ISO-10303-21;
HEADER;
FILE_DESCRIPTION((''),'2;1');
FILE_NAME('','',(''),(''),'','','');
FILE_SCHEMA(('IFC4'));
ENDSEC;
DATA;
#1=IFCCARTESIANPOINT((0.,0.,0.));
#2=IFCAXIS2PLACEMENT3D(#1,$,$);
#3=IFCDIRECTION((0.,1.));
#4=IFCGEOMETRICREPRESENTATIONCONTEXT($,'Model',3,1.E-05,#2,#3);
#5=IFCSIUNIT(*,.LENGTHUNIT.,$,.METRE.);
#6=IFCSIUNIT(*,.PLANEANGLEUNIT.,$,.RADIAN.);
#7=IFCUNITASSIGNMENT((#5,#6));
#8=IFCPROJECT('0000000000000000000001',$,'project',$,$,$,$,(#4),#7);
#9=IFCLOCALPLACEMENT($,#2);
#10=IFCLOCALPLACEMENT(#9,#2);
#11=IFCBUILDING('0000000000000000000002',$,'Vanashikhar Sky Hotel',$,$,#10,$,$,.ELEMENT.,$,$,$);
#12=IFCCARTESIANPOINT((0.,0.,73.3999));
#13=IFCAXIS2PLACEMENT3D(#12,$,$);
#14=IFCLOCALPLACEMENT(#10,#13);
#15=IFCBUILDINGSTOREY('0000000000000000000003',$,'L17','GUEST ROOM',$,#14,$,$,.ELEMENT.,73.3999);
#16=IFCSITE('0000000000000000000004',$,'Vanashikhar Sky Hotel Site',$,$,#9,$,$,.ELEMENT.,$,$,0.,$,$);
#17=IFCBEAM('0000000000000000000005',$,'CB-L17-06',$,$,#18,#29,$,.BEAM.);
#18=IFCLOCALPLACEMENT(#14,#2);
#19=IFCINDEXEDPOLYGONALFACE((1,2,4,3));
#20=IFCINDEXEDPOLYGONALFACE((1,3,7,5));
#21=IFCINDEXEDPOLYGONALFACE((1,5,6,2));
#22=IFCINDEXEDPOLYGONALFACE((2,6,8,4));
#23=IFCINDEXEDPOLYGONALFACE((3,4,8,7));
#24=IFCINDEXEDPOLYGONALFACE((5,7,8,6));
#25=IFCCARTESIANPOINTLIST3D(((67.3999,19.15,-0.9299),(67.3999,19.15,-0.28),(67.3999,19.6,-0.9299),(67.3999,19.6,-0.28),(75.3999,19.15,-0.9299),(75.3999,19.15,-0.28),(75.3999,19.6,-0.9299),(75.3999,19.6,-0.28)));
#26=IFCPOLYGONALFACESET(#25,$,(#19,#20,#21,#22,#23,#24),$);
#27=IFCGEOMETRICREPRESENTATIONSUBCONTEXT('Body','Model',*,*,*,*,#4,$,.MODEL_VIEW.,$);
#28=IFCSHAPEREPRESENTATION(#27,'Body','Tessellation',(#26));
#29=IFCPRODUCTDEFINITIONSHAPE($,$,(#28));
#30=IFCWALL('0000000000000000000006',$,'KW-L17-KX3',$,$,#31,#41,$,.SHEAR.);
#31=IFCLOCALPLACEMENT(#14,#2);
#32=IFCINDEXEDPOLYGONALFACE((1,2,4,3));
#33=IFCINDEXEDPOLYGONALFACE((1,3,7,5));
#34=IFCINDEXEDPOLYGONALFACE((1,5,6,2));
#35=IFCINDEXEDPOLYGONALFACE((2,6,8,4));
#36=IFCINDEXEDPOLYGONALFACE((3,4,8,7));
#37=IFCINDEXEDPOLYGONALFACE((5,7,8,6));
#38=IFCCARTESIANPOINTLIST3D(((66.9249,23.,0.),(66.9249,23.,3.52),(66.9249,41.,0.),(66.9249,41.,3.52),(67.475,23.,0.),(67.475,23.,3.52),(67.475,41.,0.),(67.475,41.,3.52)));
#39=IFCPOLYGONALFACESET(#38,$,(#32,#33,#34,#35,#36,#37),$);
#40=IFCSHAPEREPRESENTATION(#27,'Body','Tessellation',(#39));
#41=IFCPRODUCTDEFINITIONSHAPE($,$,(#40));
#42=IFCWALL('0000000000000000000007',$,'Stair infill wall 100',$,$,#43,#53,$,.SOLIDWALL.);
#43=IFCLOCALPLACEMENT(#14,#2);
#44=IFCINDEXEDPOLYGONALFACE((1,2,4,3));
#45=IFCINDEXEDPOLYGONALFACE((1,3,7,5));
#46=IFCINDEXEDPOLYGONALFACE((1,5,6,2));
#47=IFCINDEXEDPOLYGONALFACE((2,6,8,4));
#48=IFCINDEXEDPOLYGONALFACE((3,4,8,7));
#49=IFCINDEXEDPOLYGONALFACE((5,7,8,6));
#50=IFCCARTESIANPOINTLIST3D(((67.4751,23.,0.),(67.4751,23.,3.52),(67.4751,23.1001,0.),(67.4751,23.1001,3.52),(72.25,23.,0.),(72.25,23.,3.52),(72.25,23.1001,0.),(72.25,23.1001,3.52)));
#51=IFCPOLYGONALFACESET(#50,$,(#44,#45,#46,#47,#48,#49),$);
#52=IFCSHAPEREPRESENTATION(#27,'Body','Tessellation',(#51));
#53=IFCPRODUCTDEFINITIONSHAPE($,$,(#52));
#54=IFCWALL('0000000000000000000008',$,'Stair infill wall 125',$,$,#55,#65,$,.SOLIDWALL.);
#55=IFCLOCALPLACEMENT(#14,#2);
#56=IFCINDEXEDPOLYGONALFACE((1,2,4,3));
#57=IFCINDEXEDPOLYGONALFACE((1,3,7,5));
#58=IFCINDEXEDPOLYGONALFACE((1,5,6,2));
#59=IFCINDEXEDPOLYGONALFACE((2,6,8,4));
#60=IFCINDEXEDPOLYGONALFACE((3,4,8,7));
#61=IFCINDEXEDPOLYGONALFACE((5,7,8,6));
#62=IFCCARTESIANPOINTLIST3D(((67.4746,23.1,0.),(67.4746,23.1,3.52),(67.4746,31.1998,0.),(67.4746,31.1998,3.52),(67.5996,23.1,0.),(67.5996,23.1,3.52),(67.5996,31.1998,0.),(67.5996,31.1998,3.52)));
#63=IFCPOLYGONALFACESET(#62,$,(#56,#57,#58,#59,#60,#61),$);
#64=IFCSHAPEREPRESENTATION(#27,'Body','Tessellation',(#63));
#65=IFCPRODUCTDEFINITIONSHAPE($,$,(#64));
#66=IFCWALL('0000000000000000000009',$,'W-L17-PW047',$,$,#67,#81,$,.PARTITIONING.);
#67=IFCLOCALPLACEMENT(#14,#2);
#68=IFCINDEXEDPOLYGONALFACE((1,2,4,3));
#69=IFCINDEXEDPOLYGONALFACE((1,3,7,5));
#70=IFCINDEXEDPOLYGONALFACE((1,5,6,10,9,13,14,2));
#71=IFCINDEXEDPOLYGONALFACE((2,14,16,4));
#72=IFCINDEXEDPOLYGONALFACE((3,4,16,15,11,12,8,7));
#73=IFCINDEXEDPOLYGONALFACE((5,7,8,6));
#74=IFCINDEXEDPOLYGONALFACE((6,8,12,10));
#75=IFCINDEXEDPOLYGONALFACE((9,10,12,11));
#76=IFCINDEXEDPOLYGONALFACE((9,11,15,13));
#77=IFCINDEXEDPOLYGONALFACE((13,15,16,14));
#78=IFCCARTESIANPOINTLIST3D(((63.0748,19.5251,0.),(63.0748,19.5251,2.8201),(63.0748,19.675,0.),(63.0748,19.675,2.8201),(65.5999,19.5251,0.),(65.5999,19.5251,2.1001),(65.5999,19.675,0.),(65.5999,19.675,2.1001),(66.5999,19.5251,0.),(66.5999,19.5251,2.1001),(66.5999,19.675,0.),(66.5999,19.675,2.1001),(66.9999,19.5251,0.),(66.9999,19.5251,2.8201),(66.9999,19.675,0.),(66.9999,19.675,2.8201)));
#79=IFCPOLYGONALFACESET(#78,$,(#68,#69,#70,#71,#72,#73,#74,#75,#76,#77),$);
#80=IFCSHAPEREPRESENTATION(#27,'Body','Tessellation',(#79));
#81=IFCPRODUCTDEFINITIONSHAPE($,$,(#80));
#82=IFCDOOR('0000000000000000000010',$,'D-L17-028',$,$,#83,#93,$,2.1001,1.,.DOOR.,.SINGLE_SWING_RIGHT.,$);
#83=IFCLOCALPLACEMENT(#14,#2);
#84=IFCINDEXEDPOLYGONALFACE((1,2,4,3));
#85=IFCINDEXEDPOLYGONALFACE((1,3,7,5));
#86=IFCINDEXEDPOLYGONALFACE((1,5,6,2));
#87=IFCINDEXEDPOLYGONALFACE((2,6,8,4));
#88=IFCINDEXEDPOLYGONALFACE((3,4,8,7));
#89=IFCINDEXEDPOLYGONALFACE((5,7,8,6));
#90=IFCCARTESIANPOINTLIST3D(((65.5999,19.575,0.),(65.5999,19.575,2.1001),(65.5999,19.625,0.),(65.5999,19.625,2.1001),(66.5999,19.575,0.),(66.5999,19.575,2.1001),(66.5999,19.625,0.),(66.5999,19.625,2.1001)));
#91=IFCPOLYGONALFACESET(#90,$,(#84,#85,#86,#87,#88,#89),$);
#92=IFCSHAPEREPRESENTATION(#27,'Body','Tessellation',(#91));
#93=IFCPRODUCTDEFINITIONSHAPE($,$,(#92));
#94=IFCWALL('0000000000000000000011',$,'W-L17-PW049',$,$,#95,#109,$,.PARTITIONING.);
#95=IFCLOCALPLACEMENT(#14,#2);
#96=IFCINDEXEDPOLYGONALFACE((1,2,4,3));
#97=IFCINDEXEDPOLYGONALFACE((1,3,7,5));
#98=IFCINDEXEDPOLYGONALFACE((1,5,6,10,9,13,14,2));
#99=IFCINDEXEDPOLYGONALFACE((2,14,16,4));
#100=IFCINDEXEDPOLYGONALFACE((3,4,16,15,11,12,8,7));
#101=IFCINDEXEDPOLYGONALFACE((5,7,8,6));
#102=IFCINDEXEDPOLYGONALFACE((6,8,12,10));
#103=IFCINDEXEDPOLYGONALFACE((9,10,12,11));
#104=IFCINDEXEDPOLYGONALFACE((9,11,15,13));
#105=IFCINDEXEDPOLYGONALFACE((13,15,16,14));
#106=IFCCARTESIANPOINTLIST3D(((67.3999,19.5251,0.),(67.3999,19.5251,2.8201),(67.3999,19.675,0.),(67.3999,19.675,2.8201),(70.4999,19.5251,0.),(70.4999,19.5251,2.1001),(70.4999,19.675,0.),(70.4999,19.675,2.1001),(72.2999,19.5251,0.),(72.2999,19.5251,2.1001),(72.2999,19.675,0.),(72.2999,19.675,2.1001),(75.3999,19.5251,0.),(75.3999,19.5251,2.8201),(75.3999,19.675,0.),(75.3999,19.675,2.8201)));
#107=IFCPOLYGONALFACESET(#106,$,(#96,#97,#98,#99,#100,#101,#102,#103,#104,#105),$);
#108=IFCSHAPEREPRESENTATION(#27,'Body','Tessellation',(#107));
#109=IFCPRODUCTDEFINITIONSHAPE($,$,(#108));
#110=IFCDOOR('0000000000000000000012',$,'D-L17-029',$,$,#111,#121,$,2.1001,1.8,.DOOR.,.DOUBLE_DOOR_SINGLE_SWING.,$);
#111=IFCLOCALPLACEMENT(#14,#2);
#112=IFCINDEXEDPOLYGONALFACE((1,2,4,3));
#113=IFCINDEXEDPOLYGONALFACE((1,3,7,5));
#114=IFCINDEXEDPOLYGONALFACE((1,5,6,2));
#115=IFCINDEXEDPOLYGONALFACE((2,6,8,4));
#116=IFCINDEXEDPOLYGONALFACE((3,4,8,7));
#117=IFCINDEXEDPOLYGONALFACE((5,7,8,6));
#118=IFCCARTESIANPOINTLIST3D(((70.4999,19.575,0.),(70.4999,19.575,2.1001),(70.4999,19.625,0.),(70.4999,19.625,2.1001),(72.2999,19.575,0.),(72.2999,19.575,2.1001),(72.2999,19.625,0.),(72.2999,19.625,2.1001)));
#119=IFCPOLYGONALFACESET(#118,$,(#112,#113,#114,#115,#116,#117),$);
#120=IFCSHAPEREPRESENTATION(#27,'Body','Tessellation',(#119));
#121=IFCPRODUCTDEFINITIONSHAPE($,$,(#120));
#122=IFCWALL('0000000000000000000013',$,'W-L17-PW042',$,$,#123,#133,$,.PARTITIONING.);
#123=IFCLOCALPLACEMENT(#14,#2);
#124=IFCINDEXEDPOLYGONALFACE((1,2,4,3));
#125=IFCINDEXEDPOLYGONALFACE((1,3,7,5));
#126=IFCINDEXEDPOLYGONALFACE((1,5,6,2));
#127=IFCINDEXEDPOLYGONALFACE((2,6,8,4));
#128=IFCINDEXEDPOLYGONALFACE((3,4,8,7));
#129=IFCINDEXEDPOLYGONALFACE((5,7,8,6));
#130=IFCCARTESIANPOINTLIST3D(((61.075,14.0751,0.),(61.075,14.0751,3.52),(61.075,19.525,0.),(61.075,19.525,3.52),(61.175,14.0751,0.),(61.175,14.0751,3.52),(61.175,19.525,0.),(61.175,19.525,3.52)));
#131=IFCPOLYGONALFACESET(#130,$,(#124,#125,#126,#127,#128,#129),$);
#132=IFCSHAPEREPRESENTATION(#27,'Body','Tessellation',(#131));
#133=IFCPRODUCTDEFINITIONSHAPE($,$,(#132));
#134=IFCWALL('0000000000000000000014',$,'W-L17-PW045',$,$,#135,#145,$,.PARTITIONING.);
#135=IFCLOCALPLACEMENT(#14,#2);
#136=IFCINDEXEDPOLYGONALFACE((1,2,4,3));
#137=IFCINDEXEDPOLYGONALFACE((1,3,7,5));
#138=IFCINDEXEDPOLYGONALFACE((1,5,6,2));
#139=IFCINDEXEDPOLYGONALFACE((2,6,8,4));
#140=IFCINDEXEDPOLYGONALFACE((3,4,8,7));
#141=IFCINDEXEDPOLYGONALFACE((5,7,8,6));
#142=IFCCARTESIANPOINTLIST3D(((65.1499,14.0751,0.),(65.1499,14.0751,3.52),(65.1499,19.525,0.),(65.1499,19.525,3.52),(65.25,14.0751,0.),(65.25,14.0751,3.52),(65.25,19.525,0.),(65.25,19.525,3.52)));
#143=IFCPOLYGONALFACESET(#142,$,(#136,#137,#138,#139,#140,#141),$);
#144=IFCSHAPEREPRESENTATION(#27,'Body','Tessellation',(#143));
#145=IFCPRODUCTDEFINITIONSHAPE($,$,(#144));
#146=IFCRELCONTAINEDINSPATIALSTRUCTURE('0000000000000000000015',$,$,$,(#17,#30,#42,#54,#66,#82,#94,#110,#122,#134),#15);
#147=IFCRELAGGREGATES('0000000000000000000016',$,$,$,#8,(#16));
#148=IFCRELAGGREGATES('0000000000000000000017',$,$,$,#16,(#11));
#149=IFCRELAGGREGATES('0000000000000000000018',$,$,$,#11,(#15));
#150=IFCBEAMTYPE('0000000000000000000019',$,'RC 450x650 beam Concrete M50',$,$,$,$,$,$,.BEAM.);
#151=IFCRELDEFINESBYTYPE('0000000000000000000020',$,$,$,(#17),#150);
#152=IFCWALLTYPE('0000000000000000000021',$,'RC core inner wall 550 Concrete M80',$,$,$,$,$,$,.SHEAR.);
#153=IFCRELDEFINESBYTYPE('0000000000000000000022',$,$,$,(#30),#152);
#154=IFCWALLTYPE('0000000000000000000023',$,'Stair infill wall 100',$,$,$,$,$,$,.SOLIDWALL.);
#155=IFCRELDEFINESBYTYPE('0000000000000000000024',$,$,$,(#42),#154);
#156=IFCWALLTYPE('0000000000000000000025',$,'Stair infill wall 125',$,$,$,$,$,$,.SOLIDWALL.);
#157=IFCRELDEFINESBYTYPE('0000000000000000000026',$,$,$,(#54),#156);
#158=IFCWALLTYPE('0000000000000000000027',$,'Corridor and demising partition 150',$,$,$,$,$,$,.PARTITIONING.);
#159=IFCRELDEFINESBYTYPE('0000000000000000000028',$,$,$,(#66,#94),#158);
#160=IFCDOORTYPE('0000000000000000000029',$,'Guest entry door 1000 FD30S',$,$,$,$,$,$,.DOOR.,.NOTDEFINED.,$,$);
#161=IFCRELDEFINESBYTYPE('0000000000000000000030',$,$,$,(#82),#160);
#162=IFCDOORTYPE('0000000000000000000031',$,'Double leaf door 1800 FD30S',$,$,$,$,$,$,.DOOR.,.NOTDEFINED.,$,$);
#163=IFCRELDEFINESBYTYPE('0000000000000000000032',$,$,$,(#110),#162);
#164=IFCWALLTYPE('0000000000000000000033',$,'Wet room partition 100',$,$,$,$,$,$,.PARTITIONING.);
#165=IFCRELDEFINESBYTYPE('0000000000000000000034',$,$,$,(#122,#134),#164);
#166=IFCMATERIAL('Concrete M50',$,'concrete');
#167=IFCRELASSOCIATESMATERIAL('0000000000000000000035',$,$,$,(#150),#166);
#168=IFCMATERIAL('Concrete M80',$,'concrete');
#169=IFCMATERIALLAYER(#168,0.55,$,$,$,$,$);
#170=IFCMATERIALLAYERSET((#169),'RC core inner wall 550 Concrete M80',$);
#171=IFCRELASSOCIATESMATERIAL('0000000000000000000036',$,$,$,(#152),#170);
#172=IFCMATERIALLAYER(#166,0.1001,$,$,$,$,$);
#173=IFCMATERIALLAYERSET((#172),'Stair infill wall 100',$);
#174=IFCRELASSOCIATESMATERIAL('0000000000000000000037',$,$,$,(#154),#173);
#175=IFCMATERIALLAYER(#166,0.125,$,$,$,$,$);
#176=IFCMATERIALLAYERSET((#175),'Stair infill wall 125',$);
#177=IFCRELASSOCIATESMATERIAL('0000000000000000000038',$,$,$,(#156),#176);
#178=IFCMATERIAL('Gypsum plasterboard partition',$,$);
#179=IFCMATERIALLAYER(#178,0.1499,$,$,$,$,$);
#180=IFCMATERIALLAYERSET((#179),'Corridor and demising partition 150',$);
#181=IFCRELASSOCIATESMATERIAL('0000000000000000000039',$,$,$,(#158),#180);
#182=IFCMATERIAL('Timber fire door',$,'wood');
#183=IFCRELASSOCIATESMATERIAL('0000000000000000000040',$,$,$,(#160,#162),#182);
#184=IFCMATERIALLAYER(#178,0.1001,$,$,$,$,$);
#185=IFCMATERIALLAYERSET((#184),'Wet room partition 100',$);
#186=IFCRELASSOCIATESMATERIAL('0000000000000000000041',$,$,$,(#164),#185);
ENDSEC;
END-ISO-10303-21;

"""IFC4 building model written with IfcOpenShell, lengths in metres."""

from ifc_helpers import new_model, si_unit, direction, frame, frame_2d, origin, origin_2d, place, context, subcontext, project, spatial, rectangle, extrude, source, transform, mapped, material, layer, layer_set, material_profile, profile_set, type_object, element, fill, save


model = new_model("IFC4")

# Units and contexts
model_context = context("Model", 3, precision=1e-05, world=origin(), true_north=direction((0.0, 1.0)))
body_context = subcontext(model_context, "Body", "Model", "MODEL_VIEW")
ifc_project = project(units=[si_unit("LENGTHUNIT", "METRE"), si_unit("PLANEANGLEUNIT", "RADIAN")], contexts=[model_context])

# Site, building, storey
site_placement = place(None, origin())
site = spatial("IfcSite", under=ifc_project, at=site_placement, Name="Vanashikhar Sky Hotel Site", CompositionType="ELEMENT", RefElevation=0.0)
building_placement = place(site_placement, origin())
building = spatial("IfcBuilding", under=site, at=building_placement, Name="Vanashikhar Sky Hotel", CompositionType="ELEMENT")
storey_placement = place(building_placement, frame((0.0, 0.0, 73.3999)))
storey = spatial("IfcBuildingStorey", under=building, at=storey_placement, Name="L17", Description="GUEST ROOM", CompositionType="ELEMENT", Elevation=73.3999)

# Beam
ifc_material_1 = material(Name="Concrete M50", Category="concrete")
ifc_material_profile = material_profile(ifc_material_1, rectangle(XDim=0.45, YDim=0.6499, at=origin_2d()))
ifc_profile_set = profile_set([ifc_material_profile], Name="RC 450x650 beam Concrete M50")
beam_type = type_object("IfcBeamType", Name="RC 450x650 beam Concrete M50", PredefinedType="BEAM", material=ifc_profile_set)
shared_shape_1 = source(origin(), body_context, "Body", "SweptSolid", [
    extrude(rectangle(XDim=0.45, YDim=0.6499, at=origin_2d()), origin(), (0.0, 0.0, 1.0), 8.0),
])
beam_placement = place(storey_placement, frame((67.3999, 19.375, -0.605), z_axis=(1.0, 0.0, 0.0), x_axis=(0.0, 1.0, 0.0)))
element("IfcBeam", 1, at=beam_placement, inside=storey, type_object=beam_type, Name="CB-L17-06", PredefinedType="BEAM", context=body_context, shape_type="MappedRepresentation", body=[
    mapped(shared_shape_1, transform((0.0, 0.0, 0.0), scale=1.0)),
])

# Walls
ifc_material_2 = material(Name="Concrete M80", Category="concrete")
ifc_layer_1 = layer(ifc_material_2, 0.55)
ifc_layer_set_1 = layer_set([ifc_layer_1], Name="RC core inner wall 550 Concrete M80")
wall_type_1 = type_object("IfcWallType", Name="RC core inner wall 550 Concrete M80", PredefinedType="SHEAR", material=ifc_layer_set_1)
shared_shape_2 = source(origin(), body_context, "Body", "SweptSolid", [
    extrude(rectangle(XDim=18.0, YDim=0.55, at=frame_2d((9.0, 0.0))), origin(), (0.0, 0.0, 1.0), 3.52),
])
wall_1_placement = place(storey_placement, frame((67.2, 23.0, 0.0), z_axis=(0.0, 0.0, 1.0), x_axis=(0.0, 1.0, 0.0)))
element("IfcWall", 2, at=wall_1_placement, inside=storey, type_object=wall_type_1, Name="KW-L17-KX3", PredefinedType="SHEAR", context=body_context, shape_type="MappedRepresentation", body=[
    mapped(shared_shape_2, transform((0.0, 0.0, 0.0), scale=1.0)),
])
ifc_layer_2 = layer(ifc_material_1, 0.1001)
ifc_layer_set_2 = layer_set([ifc_layer_2], Name="Stair infill wall 100")
wall_type_2 = type_object("IfcWallType", Name="Stair infill wall 100", PredefinedType="SOLIDWALL", material=ifc_layer_set_2)
shared_shape_3 = source(origin(), body_context, "Body", "SweptSolid", [
    extrude(rectangle(XDim=4.7749, YDim=0.1001, at=frame_2d((2.3875, 0.0))), origin(), (0.0, 0.0, 1.0), 3.52),
])
wall_2_placement = place(storey_placement, frame((67.4751, 23.05, 0.0), z_axis=(0.0, 0.0, 1.0), x_axis=(1.0, 0.0, 0.0)))
element("IfcWall", 3, at=wall_2_placement, inside=storey, type_object=wall_type_2, Name="Stair infill wall 100", PredefinedType="SOLIDWALL", context=body_context, shape_type="MappedRepresentation", body=[
    mapped(shared_shape_3, transform((0.0, 0.0, 0.0), scale=1.0)),
])
ifc_layer_3 = layer(ifc_material_1, 0.125)
ifc_layer_set_3 = layer_set([ifc_layer_3], Name="Stair infill wall 125")
wall_type_3 = type_object("IfcWallType", Name="Stair infill wall 125", PredefinedType="SOLIDWALL", material=ifc_layer_set_3)
shared_shape_4 = source(origin(), body_context, "Body", "SweptSolid", [
    extrude(rectangle(XDim=8.0999, YDim=0.125, at=frame_2d((4.0498, 0.0))), origin(), (0.0, 0.0, 1.0), 3.52),
])
wall_3_placement = place(storey_placement, frame((67.5371, 23.1001, 0.0), z_axis=(0.0, 0.0, 1.0), x_axis=(0.0, 1.0, 0.0)))
element("IfcWall", 4, at=wall_3_placement, inside=storey, type_object=wall_type_3, Name="Stair infill wall 125", PredefinedType="SOLIDWALL", context=body_context, shape_type="MappedRepresentation", body=[
    mapped(shared_shape_4, transform((0.0, 0.0, 0.0), scale=1.0)),
])

# Walls, openings, doors
ifc_material_3 = material(Name="Gypsum plasterboard partition")
ifc_layer_4 = layer(ifc_material_3, 0.1499)
ifc_layer_set_4 = layer_set([ifc_layer_4], Name="Corridor and demising partition 150")
wall_type_4 = type_object("IfcWallType", Name="Corridor and demising partition 150", PredefinedType="PARTITIONING", material=ifc_layer_set_4)
shared_shape_5 = source(origin(), body_context, "Body", "SweptSolid", [
    extrude(rectangle(XDim=3.925, YDim=0.1499, at=frame_2d((1.9624, 0.0))), origin(), (0.0, 0.0, 1.0), 2.8201),
])
wall_4_placement = place(storey_placement, frame((63.075, 19.6001, 0.0), z_axis=(0.0, 0.0, 1.0), x_axis=(1.0, 0.0, 0.0)))
wall_4 = element("IfcWall", 5, at=wall_4_placement, inside=storey, type_object=wall_type_4, Name="W-L17-PW047", PredefinedType="PARTITIONING", context=body_context, shape_type="MappedRepresentation", body=[
    mapped(shared_shape_5, transform((0.0, 0.0, 0.0), scale=1.0)),
])
shared_shape_6 = source(origin(), body_context, "Body", "SweptSolid", [
    extrude(rectangle(XDim=1.0, YDim=2.1001, at=frame_2d((0.5, 1.05))), frame((0.0, 0.085, 0.0), z_axis=(0.0, -1.0, 0.0), x_axis=(1.0, 0.0, 0.0)), (0.0, 0.0, 1.0), 0.1699),
])
opening_1_placement = place(wall_4_placement, frame((2.5249, 0.0, 0.0)))
opening_1 = element("IfcOpeningElement", 6, at=opening_1_placement, cuts=wall_4, PredefinedType="OPENING", context=body_context, shape_type="MappedRepresentation", body=[
    mapped(shared_shape_6, transform((0.0, 0.0, 0.0), scale=1.0)),
])
ifc_material_4 = material(Name="Timber fire door", Category="wood")
door_type_1 = type_object("IfcDoorType", Name="Guest entry door 1000 FD30S", OperationType="NOTDEFINED", PredefinedType="DOOR", material=ifc_material_4)
shared_shape_7 = source(origin(), body_context, "Body", "SweptSolid", [
    extrude(rectangle(XDim=1.0, YDim=2.1001, at=frame_2d((0.5, 1.05))), frame((0.0, 0.0249, 0.0), z_axis=(0.0, -1.0, 0.0), x_axis=(1.0, 0.0, 0.0)), (0.0, 0.0, 1.0), 0.05),
])
door_1_placement = place(opening_1_placement, origin())
door_1 = element("IfcDoor", 7, at=door_1_placement, inside=storey, type_object=door_type_1, Name="D-L17-028", OperationType="SINGLE_SWING_RIGHT", OverallHeight=2.1001, OverallWidth=1.0, PredefinedType="DOOR", context=body_context, shape_type="MappedRepresentation", body=[
    mapped(shared_shape_7, transform((0.0, 0.0, 0.0), scale=1.0)),
])
fill(opening_1, door_1)
shared_shape_8 = source(origin(), body_context, "Body", "SweptSolid", [
    extrude(rectangle(XDim=8.0, YDim=0.1499, at=frame_2d((4.0, 0.0))), origin(), (0.0, 0.0, 1.0), 2.8201),
])
wall_5_placement = place(storey_placement, frame((67.3999, 19.6001, 0.0), z_axis=(0.0, 0.0, 1.0), x_axis=(1.0, 0.0, 0.0)))
wall_5 = element("IfcWall", 8, at=wall_5_placement, inside=storey, type_object=wall_type_4, Name="W-L17-PW049", PredefinedType="PARTITIONING", context=body_context, shape_type="MappedRepresentation", body=[
    mapped(shared_shape_8, transform((0.0, 0.0, 0.0), scale=1.0)),
])
shared_shape_9 = source(origin(), body_context, "Body", "SweptSolid", [
    extrude(rectangle(XDim=1.8, YDim=2.1001, at=frame_2d((0.8999, 1.05))), frame((0.0, 0.085, 0.0), z_axis=(0.0, -1.0, 0.0), x_axis=(1.0, 0.0, 0.0)), (0.0, 0.0, 1.0), 0.1699),
])
opening_2_placement = place(wall_5_placement, frame((3.1001, 0.0, 0.0)))
opening_2 = element("IfcOpeningElement", 9, at=opening_2_placement, cuts=wall_5, PredefinedType="OPENING", context=body_context, shape_type="MappedRepresentation", body=[
    mapped(shared_shape_9, transform((0.0, 0.0, 0.0), scale=1.0)),
])
door_type_2 = type_object("IfcDoorType", Name="Double leaf door 1800 FD30S", OperationType="NOTDEFINED", PredefinedType="DOOR", material=ifc_material_4)
shared_shape_10 = source(origin(), body_context, "Body", "SweptSolid", [
    extrude(rectangle(XDim=1.8, YDim=2.1001, at=frame_2d((0.8999, 1.05))), frame((0.0, 0.0249, 0.0), z_axis=(0.0, -1.0, 0.0), x_axis=(1.0, 0.0, 0.0)), (0.0, 0.0, 1.0), 0.05),
])
door_2_placement = place(opening_2_placement, origin())
door_2 = element("IfcDoor", 10, at=door_2_placement, inside=storey, type_object=door_type_2, Name="D-L17-029", OperationType="DOUBLE_DOOR_SINGLE_SWING", OverallHeight=2.1001, OverallWidth=1.8, PredefinedType="DOOR", context=body_context, shape_type="MappedRepresentation", body=[
    mapped(shared_shape_10, transform((0.0, 0.0, 0.0), scale=1.0)),
])
fill(opening_2, door_2)

# Walls
ifc_layer_5 = layer(ifc_material_3, 0.1001)
ifc_layer_set_5 = layer_set([ifc_layer_5], Name="Wet room partition 100")
wall_type_5 = type_object("IfcWallType", Name="Wet room partition 100", PredefinedType="PARTITIONING", material=ifc_layer_set_5)
shared_shape_11 = source(origin(), body_context, "Body", "SweptSolid", [
    extrude(rectangle(XDim=5.45, YDim=0.1001, at=frame_2d((2.7251, 0.0))), origin(), (0.0, 0.0, 1.0), 3.52),
])
for number, where, z_axis, x_axis, name in (
    (11, (61.125, 14.075, 0.0), (0.0, 0.0, 1.0), (0.0, 1.0, 0.0), "W-L17-PW042"),
    (12, (65.2, 14.075, 0.0), (0.0, 0.0, 1.0), (0.0, 1.0, 0.0), "W-L17-PW045"),
):
    element("IfcWall", number, at=place(storey_placement, frame(where, z_axis=z_axis, x_axis=x_axis)), inside=storey, type_object=wall_type_5, Name=name, PredefinedType="PARTITIONING", context=body_context, shape_type="MappedRepresentation", body=[
        mapped(shared_shape_11, transform((0.0, 0.0, 0.0), scale=1.0)),
    ])

save(model, "model.ifc")
